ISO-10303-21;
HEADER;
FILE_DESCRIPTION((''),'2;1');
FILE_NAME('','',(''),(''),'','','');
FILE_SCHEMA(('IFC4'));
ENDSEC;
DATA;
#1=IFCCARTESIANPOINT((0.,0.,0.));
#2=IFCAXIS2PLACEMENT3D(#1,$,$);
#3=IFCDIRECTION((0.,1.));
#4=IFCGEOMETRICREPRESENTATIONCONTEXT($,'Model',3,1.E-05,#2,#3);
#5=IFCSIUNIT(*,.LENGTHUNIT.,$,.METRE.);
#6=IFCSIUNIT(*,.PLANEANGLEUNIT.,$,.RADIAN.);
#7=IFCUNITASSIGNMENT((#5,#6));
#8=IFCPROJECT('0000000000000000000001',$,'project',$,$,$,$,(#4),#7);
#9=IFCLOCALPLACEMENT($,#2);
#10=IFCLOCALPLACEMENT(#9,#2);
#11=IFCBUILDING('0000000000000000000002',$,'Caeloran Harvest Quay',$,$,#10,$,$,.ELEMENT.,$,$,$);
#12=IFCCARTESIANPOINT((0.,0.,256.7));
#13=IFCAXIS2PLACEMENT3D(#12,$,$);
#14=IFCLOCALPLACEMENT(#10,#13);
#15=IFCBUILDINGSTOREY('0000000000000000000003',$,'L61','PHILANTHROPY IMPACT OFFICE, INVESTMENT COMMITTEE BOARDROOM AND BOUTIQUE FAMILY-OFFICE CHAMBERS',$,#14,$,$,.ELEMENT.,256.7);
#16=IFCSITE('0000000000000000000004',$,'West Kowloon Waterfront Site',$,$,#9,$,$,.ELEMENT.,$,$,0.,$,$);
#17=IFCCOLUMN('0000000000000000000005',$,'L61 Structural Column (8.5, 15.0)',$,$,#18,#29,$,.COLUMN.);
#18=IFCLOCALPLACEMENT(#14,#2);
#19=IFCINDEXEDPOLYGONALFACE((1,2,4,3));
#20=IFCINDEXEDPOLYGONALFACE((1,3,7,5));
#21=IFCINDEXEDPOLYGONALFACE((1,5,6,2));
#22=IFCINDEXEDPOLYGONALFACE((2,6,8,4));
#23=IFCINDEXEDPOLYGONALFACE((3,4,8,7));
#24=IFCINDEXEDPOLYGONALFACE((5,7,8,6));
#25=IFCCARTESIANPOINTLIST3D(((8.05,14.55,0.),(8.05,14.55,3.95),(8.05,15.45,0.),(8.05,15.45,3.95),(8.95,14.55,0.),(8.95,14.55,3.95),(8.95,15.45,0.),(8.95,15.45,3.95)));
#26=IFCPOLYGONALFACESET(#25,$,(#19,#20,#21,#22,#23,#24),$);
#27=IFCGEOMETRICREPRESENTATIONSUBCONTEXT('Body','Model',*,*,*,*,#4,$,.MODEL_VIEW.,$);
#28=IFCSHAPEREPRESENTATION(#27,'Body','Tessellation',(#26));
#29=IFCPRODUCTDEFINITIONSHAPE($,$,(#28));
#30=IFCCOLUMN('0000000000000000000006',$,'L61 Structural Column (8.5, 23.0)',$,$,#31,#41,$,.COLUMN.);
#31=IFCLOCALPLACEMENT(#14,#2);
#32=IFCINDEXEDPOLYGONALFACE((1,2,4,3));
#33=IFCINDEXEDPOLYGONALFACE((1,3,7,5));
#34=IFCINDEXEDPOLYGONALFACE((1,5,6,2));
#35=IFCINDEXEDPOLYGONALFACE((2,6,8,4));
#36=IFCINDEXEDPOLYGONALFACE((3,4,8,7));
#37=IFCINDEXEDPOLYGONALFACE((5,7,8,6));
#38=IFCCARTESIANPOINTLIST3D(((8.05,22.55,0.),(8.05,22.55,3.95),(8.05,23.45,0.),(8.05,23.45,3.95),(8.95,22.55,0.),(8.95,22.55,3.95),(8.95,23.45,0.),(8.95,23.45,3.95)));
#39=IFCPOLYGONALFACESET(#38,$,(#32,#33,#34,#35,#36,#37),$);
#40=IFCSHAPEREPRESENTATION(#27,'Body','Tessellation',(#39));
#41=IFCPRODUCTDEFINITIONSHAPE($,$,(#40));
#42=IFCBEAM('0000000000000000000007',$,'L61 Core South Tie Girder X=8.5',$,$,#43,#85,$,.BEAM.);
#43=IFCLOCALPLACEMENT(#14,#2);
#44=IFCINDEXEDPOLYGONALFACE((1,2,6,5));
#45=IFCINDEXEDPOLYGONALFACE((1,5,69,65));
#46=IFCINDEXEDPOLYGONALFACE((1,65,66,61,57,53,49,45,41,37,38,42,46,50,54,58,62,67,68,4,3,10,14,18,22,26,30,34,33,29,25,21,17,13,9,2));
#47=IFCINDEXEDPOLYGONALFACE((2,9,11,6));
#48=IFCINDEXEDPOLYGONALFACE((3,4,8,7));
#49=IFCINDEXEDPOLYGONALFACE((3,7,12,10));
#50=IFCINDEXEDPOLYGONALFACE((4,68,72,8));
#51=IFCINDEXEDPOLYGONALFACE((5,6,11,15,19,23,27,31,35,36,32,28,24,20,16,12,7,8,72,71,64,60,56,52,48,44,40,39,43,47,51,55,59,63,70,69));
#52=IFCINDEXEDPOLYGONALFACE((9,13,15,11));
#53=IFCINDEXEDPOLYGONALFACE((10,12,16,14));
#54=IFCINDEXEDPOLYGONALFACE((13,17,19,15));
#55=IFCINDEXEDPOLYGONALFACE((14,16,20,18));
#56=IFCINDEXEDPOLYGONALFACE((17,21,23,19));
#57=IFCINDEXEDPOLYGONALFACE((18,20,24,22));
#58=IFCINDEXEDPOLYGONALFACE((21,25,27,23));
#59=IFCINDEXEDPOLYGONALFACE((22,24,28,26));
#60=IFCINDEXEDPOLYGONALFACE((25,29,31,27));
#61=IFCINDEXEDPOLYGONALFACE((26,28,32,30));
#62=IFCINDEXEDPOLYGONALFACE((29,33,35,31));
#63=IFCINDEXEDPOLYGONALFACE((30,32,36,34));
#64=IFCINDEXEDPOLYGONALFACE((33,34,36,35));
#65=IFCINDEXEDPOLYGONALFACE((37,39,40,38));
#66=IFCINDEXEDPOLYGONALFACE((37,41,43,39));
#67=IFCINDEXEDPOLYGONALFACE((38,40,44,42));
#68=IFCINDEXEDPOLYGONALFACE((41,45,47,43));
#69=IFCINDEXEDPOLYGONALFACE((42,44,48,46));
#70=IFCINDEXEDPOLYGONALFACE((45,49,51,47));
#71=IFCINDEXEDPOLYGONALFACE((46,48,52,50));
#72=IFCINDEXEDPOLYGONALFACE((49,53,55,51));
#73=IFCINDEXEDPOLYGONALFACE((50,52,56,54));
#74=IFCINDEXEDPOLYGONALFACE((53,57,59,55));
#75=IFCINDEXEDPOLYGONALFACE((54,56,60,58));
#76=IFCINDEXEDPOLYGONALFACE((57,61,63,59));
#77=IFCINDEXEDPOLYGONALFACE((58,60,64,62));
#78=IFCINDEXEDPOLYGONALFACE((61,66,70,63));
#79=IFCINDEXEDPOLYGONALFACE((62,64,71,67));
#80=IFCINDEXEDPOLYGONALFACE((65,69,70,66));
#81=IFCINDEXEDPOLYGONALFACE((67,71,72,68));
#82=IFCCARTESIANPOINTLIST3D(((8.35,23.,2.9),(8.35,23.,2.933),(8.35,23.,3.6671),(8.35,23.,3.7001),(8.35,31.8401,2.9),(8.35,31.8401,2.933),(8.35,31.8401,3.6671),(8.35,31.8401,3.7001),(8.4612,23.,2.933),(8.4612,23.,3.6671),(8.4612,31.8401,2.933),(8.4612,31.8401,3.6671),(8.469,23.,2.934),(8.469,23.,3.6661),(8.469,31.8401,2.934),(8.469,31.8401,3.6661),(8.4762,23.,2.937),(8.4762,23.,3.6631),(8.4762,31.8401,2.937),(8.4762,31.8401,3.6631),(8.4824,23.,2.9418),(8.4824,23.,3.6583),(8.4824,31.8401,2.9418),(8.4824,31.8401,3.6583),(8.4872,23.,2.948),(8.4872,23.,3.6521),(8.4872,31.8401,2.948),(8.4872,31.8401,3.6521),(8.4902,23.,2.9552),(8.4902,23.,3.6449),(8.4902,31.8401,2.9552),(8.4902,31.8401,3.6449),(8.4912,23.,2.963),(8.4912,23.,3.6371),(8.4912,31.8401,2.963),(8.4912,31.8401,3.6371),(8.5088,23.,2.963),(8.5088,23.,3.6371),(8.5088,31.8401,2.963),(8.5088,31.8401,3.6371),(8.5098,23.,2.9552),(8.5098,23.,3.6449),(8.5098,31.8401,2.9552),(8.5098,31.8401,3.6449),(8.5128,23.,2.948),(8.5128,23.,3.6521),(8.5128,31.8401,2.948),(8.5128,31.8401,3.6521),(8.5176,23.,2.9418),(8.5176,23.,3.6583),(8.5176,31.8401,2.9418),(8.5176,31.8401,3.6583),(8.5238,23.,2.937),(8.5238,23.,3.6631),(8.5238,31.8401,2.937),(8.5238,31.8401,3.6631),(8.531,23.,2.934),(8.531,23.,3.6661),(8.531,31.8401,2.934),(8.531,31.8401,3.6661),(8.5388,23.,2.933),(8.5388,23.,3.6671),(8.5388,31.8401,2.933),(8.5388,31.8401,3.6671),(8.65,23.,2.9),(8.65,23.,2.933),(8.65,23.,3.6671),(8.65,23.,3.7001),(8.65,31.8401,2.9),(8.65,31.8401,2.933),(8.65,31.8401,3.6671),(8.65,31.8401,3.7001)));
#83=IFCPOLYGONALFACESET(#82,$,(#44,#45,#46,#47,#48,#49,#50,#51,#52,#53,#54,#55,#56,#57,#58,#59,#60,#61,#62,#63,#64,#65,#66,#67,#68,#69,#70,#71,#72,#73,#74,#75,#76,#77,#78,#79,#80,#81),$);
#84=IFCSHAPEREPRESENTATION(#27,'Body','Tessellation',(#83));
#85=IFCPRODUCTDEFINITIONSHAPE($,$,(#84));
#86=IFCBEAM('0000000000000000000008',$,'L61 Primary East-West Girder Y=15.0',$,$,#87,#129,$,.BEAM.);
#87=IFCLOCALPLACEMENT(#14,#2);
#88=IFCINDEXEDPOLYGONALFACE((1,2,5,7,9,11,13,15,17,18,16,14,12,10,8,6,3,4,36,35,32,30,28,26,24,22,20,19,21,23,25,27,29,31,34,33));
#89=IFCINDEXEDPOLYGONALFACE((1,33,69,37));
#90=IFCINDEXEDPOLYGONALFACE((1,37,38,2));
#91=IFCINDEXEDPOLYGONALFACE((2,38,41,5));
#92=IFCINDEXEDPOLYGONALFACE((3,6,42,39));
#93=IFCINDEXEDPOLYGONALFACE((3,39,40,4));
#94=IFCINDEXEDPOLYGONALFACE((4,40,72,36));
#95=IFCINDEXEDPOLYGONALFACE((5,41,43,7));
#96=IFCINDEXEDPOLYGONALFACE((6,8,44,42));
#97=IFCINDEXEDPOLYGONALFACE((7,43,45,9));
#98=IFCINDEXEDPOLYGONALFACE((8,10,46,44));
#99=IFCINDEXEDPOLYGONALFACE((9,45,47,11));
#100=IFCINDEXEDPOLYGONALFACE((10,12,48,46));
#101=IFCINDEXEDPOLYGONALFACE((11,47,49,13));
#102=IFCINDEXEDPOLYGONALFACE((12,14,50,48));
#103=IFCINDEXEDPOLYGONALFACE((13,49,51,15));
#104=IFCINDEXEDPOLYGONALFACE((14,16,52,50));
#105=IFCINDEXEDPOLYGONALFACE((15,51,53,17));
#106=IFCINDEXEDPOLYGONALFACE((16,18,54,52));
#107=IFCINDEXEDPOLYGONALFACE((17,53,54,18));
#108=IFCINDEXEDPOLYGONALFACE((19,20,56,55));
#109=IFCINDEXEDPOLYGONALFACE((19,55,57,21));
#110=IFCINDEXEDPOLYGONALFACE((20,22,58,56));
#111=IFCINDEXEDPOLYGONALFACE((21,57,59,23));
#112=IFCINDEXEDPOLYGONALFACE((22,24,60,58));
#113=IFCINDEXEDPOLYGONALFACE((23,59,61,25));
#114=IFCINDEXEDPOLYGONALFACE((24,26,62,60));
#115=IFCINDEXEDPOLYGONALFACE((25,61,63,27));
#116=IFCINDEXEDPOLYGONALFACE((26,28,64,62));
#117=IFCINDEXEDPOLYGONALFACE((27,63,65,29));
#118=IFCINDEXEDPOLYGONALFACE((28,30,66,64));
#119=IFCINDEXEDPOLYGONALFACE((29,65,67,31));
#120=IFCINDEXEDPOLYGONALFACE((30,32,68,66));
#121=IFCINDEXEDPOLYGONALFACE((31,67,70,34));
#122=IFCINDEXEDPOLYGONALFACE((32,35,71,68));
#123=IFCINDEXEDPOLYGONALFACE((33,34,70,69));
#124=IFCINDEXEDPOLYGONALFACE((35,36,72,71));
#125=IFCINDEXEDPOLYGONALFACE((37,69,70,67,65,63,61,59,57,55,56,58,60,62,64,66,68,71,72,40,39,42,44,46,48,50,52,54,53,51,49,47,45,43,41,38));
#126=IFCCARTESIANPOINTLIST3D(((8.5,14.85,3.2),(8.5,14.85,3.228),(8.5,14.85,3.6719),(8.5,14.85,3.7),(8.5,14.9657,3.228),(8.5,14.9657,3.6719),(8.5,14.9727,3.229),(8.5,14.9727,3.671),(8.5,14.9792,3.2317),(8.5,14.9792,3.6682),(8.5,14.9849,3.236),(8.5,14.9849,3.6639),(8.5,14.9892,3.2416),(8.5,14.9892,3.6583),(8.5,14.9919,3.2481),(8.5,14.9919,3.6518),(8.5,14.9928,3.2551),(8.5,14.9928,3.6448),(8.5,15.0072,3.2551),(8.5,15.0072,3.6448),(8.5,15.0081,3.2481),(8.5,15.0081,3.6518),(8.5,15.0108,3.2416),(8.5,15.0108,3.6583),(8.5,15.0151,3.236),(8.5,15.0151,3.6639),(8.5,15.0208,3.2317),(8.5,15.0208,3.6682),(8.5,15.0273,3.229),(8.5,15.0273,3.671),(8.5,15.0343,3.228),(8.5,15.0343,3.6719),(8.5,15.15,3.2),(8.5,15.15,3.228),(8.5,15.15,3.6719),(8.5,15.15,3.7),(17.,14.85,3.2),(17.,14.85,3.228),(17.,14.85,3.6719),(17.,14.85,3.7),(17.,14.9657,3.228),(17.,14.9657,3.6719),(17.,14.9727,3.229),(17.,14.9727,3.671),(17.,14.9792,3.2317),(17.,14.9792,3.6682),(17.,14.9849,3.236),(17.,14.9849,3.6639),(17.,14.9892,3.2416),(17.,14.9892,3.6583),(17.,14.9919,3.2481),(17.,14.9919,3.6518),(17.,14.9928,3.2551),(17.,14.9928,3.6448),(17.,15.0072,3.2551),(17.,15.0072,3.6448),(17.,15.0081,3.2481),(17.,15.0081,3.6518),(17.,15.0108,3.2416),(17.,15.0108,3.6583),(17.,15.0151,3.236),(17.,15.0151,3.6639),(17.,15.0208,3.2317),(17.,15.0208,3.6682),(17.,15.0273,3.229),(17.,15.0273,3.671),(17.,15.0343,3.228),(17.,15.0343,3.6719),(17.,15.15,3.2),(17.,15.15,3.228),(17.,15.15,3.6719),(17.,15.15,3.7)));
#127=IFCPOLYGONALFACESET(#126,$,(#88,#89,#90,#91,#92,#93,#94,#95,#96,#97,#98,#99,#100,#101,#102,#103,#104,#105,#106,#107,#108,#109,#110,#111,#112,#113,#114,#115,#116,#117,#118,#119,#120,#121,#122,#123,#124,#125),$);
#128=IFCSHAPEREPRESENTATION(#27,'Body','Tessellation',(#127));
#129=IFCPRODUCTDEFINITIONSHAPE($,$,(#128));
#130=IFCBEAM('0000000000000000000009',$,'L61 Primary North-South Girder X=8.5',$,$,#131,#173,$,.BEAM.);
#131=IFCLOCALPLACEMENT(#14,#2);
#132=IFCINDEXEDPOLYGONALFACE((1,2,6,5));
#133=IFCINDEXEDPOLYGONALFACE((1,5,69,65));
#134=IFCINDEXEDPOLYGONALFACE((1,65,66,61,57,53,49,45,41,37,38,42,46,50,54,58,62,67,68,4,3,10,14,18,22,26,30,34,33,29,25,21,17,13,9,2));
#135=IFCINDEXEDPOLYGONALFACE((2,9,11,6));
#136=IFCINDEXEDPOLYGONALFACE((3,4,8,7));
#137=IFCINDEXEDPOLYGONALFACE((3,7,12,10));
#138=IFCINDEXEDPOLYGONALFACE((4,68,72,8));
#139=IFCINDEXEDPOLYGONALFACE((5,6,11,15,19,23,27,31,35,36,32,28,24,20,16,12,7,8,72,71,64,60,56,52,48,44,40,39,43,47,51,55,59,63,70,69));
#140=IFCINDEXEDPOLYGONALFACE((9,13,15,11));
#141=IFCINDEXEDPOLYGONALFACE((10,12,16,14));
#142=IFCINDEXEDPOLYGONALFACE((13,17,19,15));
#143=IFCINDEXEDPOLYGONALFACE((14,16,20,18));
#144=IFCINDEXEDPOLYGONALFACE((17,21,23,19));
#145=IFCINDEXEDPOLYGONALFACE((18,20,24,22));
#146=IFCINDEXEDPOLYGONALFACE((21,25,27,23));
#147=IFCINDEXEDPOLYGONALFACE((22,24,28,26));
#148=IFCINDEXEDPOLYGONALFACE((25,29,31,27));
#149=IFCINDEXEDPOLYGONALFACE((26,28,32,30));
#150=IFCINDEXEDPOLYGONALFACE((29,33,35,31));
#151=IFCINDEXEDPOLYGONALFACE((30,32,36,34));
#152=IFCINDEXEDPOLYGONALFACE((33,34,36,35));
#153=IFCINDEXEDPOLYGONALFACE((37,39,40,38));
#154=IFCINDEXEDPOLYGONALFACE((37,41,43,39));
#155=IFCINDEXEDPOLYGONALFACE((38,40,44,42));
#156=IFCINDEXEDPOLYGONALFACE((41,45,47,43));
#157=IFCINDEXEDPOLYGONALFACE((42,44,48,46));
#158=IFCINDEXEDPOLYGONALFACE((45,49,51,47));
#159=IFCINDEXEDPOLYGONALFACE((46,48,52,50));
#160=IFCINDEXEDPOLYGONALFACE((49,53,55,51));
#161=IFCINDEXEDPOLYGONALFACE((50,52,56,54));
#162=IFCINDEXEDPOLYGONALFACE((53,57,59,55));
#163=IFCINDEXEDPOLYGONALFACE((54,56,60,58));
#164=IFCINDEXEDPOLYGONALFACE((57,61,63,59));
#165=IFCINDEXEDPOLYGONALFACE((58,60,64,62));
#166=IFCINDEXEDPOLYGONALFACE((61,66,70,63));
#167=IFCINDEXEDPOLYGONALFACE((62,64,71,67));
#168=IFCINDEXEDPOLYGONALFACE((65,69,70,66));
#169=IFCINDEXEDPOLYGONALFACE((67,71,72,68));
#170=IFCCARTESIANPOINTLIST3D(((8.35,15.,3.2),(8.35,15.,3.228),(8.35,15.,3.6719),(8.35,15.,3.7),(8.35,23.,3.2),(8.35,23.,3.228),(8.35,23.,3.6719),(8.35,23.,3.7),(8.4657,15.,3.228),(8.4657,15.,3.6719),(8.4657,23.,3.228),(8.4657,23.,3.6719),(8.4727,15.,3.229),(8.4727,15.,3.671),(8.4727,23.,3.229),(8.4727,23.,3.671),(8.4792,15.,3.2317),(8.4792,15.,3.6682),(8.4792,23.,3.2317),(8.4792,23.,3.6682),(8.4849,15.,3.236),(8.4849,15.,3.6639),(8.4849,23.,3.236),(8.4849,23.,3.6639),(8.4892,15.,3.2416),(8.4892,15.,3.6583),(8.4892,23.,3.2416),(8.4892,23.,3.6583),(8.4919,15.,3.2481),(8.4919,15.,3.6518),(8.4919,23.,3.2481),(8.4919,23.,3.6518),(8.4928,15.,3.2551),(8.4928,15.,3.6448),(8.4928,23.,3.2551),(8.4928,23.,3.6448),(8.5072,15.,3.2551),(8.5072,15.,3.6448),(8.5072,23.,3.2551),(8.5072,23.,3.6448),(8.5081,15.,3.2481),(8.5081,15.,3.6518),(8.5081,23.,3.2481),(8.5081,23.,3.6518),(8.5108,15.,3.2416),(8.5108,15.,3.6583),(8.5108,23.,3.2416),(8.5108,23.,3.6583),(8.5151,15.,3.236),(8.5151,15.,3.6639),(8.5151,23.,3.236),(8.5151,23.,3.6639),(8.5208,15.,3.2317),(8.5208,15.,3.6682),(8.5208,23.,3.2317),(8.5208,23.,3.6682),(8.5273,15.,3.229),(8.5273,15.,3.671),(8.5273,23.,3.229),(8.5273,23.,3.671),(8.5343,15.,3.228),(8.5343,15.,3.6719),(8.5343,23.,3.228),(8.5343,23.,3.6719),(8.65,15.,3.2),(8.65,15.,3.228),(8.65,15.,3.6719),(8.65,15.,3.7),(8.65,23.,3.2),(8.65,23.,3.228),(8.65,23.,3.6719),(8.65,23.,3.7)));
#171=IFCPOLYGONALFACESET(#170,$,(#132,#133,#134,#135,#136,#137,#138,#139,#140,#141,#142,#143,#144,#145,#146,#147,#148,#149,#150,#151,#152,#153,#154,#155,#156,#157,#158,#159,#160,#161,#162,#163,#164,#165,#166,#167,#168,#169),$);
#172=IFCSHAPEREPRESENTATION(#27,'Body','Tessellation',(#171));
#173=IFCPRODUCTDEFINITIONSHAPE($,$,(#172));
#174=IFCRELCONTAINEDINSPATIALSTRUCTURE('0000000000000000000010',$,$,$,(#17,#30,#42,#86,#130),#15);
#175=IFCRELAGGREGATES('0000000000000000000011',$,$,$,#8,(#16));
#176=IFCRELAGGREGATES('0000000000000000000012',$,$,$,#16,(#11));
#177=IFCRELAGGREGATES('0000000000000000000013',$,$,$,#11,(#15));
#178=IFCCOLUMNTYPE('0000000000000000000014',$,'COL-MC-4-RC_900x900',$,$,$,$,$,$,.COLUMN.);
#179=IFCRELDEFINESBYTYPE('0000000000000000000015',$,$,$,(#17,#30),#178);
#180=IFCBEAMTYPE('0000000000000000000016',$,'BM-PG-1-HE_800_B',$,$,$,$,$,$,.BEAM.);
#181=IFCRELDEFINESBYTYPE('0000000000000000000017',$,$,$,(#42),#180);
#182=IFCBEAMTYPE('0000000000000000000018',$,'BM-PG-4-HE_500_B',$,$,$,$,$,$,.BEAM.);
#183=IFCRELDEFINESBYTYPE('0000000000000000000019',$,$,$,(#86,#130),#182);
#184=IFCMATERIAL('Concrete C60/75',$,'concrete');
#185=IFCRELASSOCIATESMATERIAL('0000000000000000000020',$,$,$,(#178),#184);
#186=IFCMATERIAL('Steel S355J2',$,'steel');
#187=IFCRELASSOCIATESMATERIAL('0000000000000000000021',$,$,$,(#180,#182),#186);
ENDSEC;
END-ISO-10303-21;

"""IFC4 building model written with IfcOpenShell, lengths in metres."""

from ifc_helpers import new_model, si_unit, direction, frame, origin, origin_2d, place, context, subcontext, project, spatial, rectangle, i_section, extrude, material, material_profile, profile_set, type_object, element, save


model = new_model("IFC4")

# Units and contexts
model_context = context("Model", 3, precision=1e-05, world=origin(), true_north=direction((0.0, 1.0)))
body_context = subcontext(model_context, "Body", "Model", "MODEL_VIEW")
ifc_project = project(units=[si_unit("LENGTHUNIT", "METRE"), si_unit("PLANEANGLEUNIT", "RADIAN")], contexts=[model_context])

# Site, building, storey
site_placement = place(None, origin())
site = spatial("IfcSite", under=ifc_project, at=site_placement, Name="West Kowloon Waterfront Site", CompositionType="ELEMENT", RefElevation=0.0)
building_placement = place(site_placement, origin())
building = spatial("IfcBuilding", under=site, at=building_placement, Name="Caeloran Harvest Quay", CompositionType="ELEMENT")
storey_placement = place(building_placement, frame((0.0, 0.0, 256.7)))
storey = spatial("IfcBuildingStorey", under=building, at=storey_placement, Name="L61", Description="PHILANTHROPY IMPACT OFFICE, INVESTMENT COMMITTEE BOARDROOM AND BOUTIQUE FAMILY-OFFICE CHAMBERS", CompositionType="ELEMENT", Elevation=256.7)

# Columns
ifc_material_1 = material(Name="Concrete C60/75", Category="concrete")
ifc_material_profile_1 = material_profile(ifc_material_1, rectangle(XDim=0.8999, YDim=0.8999, at=origin_2d()), Name="RC 900x900")
ifc_profile_set_1 = profile_set([ifc_material_profile_1], Name="Concrete C60/75")
column_type = type_object("IfcColumnType", Name="COL-MC-4-RC_900x900", PredefinedType="COLUMN", material=ifc_profile_set_1)
for number, where, z_axis, x_axis, name in (
    (1, (8.5, 15.0, 0.0), (0.0, 0.0, 1.0), (1.0, 0.0, 0.0), "L61 Structural Column (8.5, 15.0)"),
    (2, (8.5, 23.0, 0.0), (0.0, 0.0, 1.0), (1.0, 0.0, 0.0), "L61 Structural Column (8.5, 23.0)"),
):
    element("IfcColumn", number, at=place(storey_placement, frame(where, z_axis=z_axis, x_axis=x_axis)), inside=storey, type_object=column_type, Name=name, PredefinedType="COLUMN", context=body_context, shape_type="SweptSolid", body=[
        extrude(rectangle(XDim=0.8999, YDim=0.8999, at=origin_2d()), origin(), (0.0, 0.0, 1.0), 3.95),
    ])

# Beams
ifc_material_2 = material(Name="Steel S355J2", Category="steel")
ifc_material_profile_2 = material_profile(ifc_material_2, i_section(OverallWidth=0.3, OverallDepth=0.8, WebThickness=0.0176, FlangeThickness=0.033, FilletRadius=0.03, at=origin_2d()), Name="HE 800 B")
ifc_profile_set_2 = profile_set([ifc_material_profile_2], Name="Steel S355J2")
beam_type_1 = type_object("IfcBeamType", Name="BM-PG-1-HE_800_B", PredefinedType="BEAM", material=ifc_profile_set_2)
beam_1_placement = place(storey_placement, frame((8.5, 23.0, 3.3), z_axis=(0.0, 1.0, 0.0), x_axis=(-1.0, 0.0, 0.0)))
element("IfcBeam", 3, at=beam_1_placement, inside=storey, type_object=beam_type_1, Name="L61 Core South Tie Girder X=8.5", PredefinedType="BEAM", context=body_context, shape_type="SweptSolid", body=[
    extrude(i_section(OverallWidth=0.3, OverallDepth=0.8, WebThickness=0.0176, FlangeThickness=0.033, FilletRadius=0.03, at=origin_2d()), origin(), (0.0, 0.0, 1.0), 8.8401),
])
ifc_material_profile_3 = material_profile(ifc_material_2, i_section(OverallWidth=0.3, OverallDepth=0.5, WebThickness=0.0144, FlangeThickness=0.0281, FilletRadius=0.0271, at=origin_2d()), Name="HE 500 B")
ifc_profile_set_3 = profile_set([ifc_material_profile_3], Name="Steel S355J2")
beam_type_2 = type_object("IfcBeamType", Name="BM-PG-4-HE_500_B", PredefinedType="BEAM", material=ifc_profile_set_3)
beam_2_placement = place(storey_placement, frame((8.5, 15.0, 3.45), z_axis=(1.0, 0.0, 0.0), x_axis=(0.0, 1.0, 0.0)))
element("IfcBeam", 4, at=beam_2_placement, inside=storey, type_object=beam_type_2, Name="L61 Primary East-West Girder Y=15.0", PredefinedType="BEAM", context=body_context, shape_type="SweptSolid", body=[
    extrude(i_section(OverallWidth=0.3, OverallDepth=0.5, WebThickness=0.0144, FlangeThickness=0.0281, FilletRadius=0.0271, at=origin_2d()), origin(), (0.0, 0.0, 1.0), 8.5),
])
beam_3_placement = place(storey_placement, frame((8.5, 15.0, 3.45), z_axis=(0.0, 1.0, 0.0), x_axis=(-1.0, 0.0, 0.0)))
element("IfcBeam", 5, at=beam_3_placement, inside=storey, type_object=beam_type_2, Name="L61 Primary North-South Girder X=8.5", PredefinedType="BEAM", context=body_context, shape_type="SweptSolid", body=[
    extrude(i_section(OverallWidth=0.3, OverallDepth=0.5, WebThickness=0.0144, FlangeThickness=0.0281, FilletRadius=0.0271, at=origin_2d()), origin(), (0.0, 0.0, 1.0), 8.0),
])

save(model, "model.ifc")
